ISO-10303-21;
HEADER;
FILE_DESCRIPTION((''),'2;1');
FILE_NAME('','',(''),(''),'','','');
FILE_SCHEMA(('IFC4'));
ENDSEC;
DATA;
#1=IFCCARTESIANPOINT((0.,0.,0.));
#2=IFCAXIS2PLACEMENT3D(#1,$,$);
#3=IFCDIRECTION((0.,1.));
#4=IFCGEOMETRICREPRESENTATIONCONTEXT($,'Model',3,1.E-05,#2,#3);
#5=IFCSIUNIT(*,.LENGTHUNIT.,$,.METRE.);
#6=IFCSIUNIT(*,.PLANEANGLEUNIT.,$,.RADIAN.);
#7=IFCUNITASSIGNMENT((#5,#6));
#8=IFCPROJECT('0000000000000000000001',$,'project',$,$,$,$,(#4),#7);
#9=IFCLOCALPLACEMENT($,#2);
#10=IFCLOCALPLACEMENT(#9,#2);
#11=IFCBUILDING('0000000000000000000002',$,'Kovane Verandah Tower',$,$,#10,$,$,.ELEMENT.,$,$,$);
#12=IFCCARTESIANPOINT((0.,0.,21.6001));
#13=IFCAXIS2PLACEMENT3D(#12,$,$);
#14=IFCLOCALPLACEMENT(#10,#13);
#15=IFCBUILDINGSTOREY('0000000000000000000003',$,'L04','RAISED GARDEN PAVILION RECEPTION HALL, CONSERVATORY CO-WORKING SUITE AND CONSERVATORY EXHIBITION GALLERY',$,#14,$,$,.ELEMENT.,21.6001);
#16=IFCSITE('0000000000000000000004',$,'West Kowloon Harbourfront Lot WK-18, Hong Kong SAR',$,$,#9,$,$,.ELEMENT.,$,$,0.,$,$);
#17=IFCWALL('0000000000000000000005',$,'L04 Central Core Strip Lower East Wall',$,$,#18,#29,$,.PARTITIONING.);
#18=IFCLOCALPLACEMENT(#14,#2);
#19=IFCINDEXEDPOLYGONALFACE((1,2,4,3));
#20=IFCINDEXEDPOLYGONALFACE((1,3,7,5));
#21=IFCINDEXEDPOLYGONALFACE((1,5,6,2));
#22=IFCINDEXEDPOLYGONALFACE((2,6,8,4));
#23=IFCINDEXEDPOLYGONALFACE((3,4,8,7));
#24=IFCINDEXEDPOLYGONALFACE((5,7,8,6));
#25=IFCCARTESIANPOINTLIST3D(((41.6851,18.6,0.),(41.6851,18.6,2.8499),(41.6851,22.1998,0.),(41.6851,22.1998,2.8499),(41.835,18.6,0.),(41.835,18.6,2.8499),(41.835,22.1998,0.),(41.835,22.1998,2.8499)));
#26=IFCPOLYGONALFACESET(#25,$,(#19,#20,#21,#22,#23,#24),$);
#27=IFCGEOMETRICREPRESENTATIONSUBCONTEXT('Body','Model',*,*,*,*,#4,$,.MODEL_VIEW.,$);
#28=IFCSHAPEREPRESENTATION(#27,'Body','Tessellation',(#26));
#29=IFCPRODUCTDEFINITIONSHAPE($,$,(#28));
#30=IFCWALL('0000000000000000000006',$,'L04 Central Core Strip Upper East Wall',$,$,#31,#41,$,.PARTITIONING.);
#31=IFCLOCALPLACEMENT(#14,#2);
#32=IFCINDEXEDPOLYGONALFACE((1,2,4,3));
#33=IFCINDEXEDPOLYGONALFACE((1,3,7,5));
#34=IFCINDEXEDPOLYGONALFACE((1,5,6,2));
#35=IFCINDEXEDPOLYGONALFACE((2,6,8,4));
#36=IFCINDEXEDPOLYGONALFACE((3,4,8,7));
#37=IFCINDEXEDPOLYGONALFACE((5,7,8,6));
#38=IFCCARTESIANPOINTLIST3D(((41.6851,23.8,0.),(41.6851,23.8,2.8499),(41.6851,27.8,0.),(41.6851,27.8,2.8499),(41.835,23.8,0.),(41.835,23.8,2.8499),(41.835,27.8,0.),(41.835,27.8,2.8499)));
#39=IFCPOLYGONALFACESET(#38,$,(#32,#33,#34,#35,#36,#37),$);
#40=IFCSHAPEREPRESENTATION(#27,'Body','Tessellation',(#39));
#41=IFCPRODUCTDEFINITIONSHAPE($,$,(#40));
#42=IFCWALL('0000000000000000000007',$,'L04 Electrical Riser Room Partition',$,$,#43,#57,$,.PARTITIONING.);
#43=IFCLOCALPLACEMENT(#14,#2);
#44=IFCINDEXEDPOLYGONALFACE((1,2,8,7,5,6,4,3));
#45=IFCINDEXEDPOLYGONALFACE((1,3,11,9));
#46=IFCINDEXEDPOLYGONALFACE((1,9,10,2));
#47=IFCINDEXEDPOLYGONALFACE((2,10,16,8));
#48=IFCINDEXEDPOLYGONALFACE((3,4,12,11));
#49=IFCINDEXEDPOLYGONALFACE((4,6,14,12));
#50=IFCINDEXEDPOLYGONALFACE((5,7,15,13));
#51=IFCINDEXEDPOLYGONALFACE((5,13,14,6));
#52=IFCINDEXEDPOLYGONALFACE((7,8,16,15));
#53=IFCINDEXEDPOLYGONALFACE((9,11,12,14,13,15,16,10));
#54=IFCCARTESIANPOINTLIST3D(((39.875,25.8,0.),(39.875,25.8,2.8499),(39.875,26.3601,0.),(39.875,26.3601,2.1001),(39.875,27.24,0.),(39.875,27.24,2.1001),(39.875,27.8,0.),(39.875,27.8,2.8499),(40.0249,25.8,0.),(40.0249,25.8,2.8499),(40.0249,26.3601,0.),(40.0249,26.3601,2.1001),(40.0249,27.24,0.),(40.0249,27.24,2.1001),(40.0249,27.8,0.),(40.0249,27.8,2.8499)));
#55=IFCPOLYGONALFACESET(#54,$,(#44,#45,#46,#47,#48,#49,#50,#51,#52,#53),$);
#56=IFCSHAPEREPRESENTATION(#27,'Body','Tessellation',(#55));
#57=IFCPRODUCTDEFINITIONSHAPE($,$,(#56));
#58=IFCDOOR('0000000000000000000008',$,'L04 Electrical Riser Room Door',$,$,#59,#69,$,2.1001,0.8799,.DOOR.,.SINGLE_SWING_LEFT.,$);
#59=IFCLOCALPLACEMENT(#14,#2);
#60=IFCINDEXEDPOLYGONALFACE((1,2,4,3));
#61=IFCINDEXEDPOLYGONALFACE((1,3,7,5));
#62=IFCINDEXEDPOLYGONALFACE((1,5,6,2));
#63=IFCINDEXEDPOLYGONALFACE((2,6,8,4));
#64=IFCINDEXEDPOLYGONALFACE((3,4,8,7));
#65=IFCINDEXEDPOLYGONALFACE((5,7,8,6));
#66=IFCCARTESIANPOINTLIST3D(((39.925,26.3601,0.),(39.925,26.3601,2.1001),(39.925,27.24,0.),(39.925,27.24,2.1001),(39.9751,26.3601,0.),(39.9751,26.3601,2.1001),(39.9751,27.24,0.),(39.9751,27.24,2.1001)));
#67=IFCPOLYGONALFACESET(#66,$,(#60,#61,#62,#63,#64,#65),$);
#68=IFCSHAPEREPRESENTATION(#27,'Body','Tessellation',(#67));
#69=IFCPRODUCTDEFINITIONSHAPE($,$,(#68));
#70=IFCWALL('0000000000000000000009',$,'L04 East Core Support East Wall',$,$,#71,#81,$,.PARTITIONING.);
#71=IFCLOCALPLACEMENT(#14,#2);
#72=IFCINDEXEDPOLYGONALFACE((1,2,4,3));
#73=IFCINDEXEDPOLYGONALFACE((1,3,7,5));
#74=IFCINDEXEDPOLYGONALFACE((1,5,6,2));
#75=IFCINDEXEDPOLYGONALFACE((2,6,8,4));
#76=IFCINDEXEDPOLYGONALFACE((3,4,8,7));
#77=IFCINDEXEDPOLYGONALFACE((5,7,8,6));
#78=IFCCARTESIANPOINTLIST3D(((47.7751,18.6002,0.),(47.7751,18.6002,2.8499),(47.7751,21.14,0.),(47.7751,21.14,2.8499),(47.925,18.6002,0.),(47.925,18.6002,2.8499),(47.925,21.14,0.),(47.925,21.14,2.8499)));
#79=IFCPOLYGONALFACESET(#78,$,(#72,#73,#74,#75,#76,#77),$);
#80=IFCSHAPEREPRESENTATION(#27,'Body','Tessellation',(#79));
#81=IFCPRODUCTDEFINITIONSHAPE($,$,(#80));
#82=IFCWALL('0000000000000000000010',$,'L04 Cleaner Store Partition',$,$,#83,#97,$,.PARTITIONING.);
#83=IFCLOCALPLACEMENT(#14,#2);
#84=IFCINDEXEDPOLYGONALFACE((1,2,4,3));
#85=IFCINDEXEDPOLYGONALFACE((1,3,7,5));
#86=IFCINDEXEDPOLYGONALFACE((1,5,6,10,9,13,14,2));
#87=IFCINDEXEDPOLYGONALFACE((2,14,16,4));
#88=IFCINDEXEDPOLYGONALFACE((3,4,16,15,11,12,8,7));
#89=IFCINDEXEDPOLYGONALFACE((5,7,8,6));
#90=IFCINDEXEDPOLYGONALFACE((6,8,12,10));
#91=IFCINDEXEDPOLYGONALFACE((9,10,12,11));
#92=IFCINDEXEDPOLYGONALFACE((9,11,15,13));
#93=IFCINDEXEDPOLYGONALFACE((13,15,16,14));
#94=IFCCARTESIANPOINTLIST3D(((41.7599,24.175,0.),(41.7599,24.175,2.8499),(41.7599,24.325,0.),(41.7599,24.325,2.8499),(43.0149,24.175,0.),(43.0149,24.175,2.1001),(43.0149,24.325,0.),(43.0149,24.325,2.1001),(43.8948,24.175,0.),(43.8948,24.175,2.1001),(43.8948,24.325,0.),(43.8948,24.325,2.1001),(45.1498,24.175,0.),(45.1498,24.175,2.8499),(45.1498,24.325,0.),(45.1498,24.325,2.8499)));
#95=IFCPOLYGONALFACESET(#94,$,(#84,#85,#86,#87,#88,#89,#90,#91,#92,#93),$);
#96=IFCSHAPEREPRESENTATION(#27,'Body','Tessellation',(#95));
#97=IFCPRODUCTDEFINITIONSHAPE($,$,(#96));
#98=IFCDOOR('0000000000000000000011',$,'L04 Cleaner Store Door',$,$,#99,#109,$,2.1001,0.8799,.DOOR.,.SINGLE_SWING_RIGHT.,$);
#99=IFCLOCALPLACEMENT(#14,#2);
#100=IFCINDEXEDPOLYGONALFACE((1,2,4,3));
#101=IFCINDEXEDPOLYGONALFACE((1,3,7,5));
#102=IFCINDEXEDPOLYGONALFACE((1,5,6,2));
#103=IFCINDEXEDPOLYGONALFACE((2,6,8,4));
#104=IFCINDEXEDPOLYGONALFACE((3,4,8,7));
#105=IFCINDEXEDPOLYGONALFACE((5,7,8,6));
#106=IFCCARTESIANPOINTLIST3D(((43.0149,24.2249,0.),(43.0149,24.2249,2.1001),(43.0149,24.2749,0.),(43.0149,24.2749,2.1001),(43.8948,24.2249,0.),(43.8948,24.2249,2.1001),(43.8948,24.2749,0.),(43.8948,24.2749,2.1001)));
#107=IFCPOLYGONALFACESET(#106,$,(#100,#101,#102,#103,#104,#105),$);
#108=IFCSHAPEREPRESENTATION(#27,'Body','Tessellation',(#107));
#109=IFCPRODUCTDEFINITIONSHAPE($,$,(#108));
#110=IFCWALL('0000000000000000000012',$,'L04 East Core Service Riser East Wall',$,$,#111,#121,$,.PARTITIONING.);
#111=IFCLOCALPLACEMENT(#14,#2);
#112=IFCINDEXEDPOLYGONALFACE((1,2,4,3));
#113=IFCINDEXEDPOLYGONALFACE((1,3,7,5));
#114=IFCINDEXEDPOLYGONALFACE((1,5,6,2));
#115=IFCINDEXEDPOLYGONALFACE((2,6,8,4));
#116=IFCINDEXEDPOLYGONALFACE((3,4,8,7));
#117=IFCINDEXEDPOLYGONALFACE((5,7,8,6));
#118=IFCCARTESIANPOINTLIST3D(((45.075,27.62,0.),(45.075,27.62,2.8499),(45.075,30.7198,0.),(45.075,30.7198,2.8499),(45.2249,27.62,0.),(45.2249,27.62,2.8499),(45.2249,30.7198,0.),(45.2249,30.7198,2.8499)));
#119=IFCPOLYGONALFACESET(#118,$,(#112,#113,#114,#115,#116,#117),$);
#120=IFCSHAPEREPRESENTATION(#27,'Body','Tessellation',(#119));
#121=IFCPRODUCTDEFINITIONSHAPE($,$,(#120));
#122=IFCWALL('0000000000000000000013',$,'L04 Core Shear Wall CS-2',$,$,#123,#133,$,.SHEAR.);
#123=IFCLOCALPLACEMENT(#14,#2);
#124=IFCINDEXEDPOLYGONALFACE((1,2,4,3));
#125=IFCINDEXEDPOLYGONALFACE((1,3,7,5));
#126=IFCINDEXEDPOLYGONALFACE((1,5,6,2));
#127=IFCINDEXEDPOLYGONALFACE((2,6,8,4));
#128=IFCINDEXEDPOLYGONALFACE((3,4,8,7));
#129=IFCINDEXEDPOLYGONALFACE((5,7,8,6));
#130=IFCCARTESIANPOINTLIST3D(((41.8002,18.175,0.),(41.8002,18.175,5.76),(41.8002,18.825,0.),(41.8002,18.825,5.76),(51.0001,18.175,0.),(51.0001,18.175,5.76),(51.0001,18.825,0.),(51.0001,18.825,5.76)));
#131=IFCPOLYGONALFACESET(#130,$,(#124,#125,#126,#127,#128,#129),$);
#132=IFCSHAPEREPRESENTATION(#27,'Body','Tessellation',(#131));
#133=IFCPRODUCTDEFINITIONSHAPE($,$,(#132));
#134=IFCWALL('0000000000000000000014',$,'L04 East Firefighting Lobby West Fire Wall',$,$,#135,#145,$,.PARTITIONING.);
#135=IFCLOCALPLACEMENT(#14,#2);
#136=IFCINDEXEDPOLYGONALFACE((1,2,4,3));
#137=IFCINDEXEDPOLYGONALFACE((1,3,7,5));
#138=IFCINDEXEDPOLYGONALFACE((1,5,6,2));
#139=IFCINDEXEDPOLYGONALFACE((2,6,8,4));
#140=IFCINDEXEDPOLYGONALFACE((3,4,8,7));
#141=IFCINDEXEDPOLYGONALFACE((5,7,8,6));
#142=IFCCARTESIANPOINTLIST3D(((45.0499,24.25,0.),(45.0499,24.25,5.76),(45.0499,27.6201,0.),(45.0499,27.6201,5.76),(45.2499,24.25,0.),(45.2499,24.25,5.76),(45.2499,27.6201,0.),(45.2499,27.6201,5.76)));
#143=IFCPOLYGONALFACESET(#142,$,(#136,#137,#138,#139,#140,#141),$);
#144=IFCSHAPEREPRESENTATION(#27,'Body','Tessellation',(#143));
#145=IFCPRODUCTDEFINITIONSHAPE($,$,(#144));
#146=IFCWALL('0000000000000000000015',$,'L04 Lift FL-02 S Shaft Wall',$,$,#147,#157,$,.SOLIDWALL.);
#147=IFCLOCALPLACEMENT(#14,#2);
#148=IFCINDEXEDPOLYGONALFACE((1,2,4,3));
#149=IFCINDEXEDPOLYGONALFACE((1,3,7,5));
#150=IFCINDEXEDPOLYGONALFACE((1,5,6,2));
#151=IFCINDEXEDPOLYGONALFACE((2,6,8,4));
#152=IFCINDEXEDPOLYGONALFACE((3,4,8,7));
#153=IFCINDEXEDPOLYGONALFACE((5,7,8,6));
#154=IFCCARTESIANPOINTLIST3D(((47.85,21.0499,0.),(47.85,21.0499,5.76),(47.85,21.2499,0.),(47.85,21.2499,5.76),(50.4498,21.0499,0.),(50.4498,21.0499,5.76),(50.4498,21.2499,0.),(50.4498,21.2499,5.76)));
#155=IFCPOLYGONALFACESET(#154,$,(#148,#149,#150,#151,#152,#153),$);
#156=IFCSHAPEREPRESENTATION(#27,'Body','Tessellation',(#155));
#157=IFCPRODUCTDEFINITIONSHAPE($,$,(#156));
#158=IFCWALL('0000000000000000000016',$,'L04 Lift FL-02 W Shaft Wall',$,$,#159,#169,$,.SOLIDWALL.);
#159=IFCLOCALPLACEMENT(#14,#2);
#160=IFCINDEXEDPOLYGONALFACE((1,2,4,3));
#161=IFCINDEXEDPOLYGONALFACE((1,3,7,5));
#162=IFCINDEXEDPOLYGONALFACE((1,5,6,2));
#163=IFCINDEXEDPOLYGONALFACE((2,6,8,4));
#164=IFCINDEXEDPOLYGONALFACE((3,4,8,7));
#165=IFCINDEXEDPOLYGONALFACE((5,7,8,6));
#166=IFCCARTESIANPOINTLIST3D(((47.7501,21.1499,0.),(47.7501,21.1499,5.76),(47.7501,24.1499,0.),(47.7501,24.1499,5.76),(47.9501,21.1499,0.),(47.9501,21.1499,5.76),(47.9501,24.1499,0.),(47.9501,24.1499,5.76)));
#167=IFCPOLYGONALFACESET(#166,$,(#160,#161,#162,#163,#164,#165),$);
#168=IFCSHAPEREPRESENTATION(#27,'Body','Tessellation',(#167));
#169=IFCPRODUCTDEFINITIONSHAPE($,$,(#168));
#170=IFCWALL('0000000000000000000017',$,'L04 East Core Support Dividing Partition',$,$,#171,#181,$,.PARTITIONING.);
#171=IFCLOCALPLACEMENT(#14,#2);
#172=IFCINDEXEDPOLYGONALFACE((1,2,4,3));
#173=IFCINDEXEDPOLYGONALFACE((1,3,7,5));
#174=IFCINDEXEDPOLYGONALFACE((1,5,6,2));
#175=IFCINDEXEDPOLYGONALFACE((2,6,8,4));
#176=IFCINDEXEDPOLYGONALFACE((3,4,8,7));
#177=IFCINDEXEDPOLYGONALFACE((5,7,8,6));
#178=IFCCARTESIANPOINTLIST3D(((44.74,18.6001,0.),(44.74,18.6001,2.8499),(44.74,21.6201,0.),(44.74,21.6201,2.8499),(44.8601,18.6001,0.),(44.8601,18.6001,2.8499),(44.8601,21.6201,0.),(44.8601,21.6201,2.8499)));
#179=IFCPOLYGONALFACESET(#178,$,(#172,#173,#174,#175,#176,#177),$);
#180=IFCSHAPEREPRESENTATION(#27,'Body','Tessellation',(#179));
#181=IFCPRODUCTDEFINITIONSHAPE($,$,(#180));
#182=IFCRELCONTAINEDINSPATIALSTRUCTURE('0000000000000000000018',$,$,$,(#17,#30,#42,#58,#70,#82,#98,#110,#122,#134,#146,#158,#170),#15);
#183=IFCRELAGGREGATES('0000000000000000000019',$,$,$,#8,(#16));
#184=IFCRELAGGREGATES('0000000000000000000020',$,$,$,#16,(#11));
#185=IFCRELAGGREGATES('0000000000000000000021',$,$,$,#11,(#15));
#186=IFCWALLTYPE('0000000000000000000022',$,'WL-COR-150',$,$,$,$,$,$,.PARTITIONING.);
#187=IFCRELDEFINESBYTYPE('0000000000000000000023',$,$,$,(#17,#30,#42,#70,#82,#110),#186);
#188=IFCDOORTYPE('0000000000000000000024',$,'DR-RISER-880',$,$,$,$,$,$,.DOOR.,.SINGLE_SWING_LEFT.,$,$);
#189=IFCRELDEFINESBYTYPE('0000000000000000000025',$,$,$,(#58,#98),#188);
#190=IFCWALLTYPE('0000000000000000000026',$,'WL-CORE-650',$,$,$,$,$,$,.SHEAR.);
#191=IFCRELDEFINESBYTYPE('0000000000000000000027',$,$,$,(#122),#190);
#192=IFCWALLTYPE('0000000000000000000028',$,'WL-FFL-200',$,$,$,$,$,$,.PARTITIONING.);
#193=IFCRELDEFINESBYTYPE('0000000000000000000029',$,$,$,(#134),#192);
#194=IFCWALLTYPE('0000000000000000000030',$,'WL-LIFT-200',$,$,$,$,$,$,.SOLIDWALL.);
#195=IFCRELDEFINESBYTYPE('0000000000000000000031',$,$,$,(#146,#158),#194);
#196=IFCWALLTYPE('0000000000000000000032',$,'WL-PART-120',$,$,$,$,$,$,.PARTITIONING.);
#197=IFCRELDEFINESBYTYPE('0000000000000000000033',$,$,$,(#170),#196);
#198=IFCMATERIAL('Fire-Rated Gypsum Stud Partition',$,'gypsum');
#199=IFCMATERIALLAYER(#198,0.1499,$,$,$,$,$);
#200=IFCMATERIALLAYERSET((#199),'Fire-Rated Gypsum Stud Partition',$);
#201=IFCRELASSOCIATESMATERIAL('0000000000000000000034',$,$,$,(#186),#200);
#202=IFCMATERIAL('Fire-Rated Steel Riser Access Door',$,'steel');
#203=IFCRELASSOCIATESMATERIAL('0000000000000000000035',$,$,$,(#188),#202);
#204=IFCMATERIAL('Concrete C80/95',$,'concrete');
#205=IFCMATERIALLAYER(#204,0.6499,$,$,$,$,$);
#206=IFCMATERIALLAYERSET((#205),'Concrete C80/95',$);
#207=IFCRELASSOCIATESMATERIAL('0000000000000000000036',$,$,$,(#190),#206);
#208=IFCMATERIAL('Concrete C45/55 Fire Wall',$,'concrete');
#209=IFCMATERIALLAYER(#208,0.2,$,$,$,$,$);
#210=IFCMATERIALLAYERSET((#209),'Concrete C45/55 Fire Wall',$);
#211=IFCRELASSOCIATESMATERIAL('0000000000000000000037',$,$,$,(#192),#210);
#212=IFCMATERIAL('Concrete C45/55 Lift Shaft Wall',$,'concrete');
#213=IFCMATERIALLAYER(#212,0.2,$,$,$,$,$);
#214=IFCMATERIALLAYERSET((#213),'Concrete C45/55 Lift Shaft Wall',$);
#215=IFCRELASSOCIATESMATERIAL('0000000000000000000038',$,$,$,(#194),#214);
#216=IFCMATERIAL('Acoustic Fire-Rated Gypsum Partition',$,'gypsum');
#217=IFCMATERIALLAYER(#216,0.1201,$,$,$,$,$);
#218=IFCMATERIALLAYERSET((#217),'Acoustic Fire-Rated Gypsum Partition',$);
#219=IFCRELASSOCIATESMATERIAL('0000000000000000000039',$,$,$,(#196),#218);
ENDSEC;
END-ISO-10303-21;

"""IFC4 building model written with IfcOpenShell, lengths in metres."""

from ifc_helpers import new_model, si_unit, direction, frame, frame_2d, origin, place, context, subcontext, project, spatial, rectangle, extrude, material, layer, layer_set, type_object, element, fill, save


model = new_model("IFC4")

# Units and contexts
model_context = context("Model", 3, precision=1e-05, world=origin(), true_north=direction((0.0, 1.0)))
body_context = subcontext(model_context, "Body", "Model", "MODEL_VIEW")
ifc_project = project(units=[si_unit("LENGTHUNIT", "METRE"), si_unit("PLANEANGLEUNIT", "RADIAN")], contexts=[model_context])

# Site, building, storey
site_placement = place(None, origin())
site = spatial("IfcSite", under=ifc_project, at=site_placement, Name="West Kowloon Harbourfront Lot WK-18, Hong Kong SAR", CompositionType="ELEMENT", RefElevation=0.0)
building_placement = place(site_placement, origin())
building = spatial("IfcBuilding", under=site, at=building_placement, Name="Kovane Verandah Tower", CompositionType="ELEMENT")
storey_placement = place(building_placement, frame((0.0, 0.0, 21.6001)))
storey = spatial("IfcBuildingStorey", under=building, at=storey_placement, Name="L04", Description="RAISED GARDEN PAVILION RECEPTION HALL, CONSERVATORY CO-WORKING SUITE AND CONSERVATORY EXHIBITION GALLERY", CompositionType="ELEMENT", Elevation=21.6001)

# Walls
ifc_material_1 = material(Name="Fire-Rated Gypsum Stud Partition", Category="gypsum")
ifc_layer_1 = layer(ifc_material_1, 0.1499)
ifc_layer_set_1 = layer_set([ifc_layer_1], Name="Fire-Rated Gypsum Stud Partition")
wall_type_1 = type_object("IfcWallType", Name="WL-COR-150", PredefinedType="PARTITIONING", material=ifc_layer_set_1)
wall_1_placement = place(storey_placement, frame((41.76, 18.6001, 0.0), z_axis=(0.0, 0.0, 1.0), x_axis=(0.0, 1.0, 0.0)))
element("IfcWall", 1, at=wall_1_placement, inside=storey, type_object=wall_type_1, Name="L04 Central Core Strip Lower East Wall", PredefinedType="PARTITIONING", context=body_context, shape_type="SweptSolid", body=[
    extrude(rectangle(XDim=3.5999, YDim=0.1499, at=frame_2d((1.7998, 0.0))), origin(), (0.0, 0.0, 1.0), 2.8499),
])
wall_2_placement = place(storey_placement, frame((41.76, 23.8, 0.0), z_axis=(0.0, 0.0, 1.0), x_axis=(0.0, 1.0, 0.0)))
element("IfcWall", 2, at=wall_2_placement, inside=storey, type_object=wall_type_1, Name="L04 Central Core Strip Upper East Wall", PredefinedType="PARTITIONING", context=body_context, shape_type="SweptSolid", body=[
    extrude(rectangle(XDim=4.0, YDim=0.1499, at=frame_2d((2.0, 0.0))), origin(), (0.0, 0.0, 1.0), 2.8499),
])

# Wall, opening, door
wall_3_placement = place(storey_placement, frame((39.95, 25.8, 0.0), z_axis=(0.0, 0.0, 1.0), x_axis=(0.0, 1.0, 0.0)))
wall_3 = element("IfcWall", 3, at=wall_3_placement, inside=storey, type_object=wall_type_1, Name="L04 Electrical Riser Room Partition", PredefinedType="PARTITIONING", context=body_context, shape_type="SweptSolid", body=[
    extrude(rectangle(XDim=2.0, YDim=0.1499, at=frame_2d((1.0, 0.0))), origin(), (0.0, 0.0, 1.0), 2.8499),
])
opening_1_placement = place(wall_3_placement, frame((0.5601, 0.0, 0.0)))
opening_1 = element("IfcOpeningElement", 4, at=opening_1_placement, cuts=wall_3, PredefinedType="OPENING", context=body_context, shape_type="SweptSolid", body=[
    extrude(rectangle(XDim=0.8799, YDim=2.1001, at=frame_2d((0.4399, 1.05))), frame((0.0, 0.075, 0.0), z_axis=(0.0, -1.0, 0.0), x_axis=(1.0, 0.0, 0.0)), (0.0, 0.0, 1.0), 0.1499),
])
ifc_material_2 = material(Name="Fire-Rated Steel Riser Access Door", Category="steel")
door_type_1 = type_object("IfcDoorType", Name="DR-RISER-880", OperationType="SINGLE_SWING_LEFT", PredefinedType="DOOR", material=ifc_material_2)
door_1_placement = place(opening_1_placement, origin())
door_1 = element("IfcDoor", 5, at=door_1_placement, inside=storey, type_object=door_type_1, Name="L04 Electrical Riser Room Door", OperationType="SINGLE_SWING_LEFT", OverallHeight=2.1001, OverallWidth=0.8799, PredefinedType="DOOR", context=body_context, shape_type="SweptSolid", body=[
    extrude(rectangle(XDim=0.8799, YDim=2.1001, at=frame_2d((0.4399, 1.05))), frame((0.0, 0.0249, 0.0), z_axis=(0.0, -1.0, 0.0), x_axis=(1.0, 0.0, 0.0)), (0.0, 0.0, 1.0), 0.05),
])
fill(opening_1, door_1)

# Wall
wall_4_placement = place(storey_placement, frame((47.8501, 18.6001, 0.0), z_axis=(0.0, 0.0, 1.0), x_axis=(0.0, 1.0, 0.0)))
element("IfcWall", 6, at=wall_4_placement, inside=storey, type_object=wall_type_1, Name="L04 East Core Support East Wall", PredefinedType="PARTITIONING", context=body_context, shape_type="SweptSolid", body=[
    extrude(rectangle(XDim=2.5398, YDim=0.1499, at=frame_2d((1.27, 0.0))), origin(), (0.0, 0.0, 1.0), 2.8499),
])

# Wall, opening, door
wall_5_placement = place(storey_placement, frame((41.76, 24.25, 0.0), z_axis=(0.0, 0.0, 1.0), x_axis=(1.0, 0.0, 0.0)))
wall_5 = element("IfcWall", 7, at=wall_5_placement, inside=storey, type_object=wall_type_1, Name="L04 Cleaner Store Partition", PredefinedType="PARTITIONING", context=body_context, shape_type="SweptSolid", body=[
    extrude(rectangle(XDim=3.3899, YDim=0.1499, at=frame_2d((1.6948, 0.0))), origin(), (0.0, 0.0, 1.0), 2.8499),
])
opening_2_placement = place(wall_5_placement, frame((1.2549, 0.0, 0.0)))
opening_2 = element("IfcOpeningElement", 8, at=opening_2_placement, cuts=wall_5, PredefinedType="OPENING", context=body_context, shape_type="SweptSolid", body=[
    extrude(rectangle(XDim=0.8799, YDim=2.1001, at=frame_2d((0.4399, 1.05))), frame((0.0, 0.075, 0.0), z_axis=(0.0, -1.0, 0.0), x_axis=(1.0, 0.0, 0.0)), (0.0, 0.0, 1.0), 0.1499),
])
door_2_placement = place(opening_2_placement, origin())
door_2 = element("IfcDoor", 9, at=door_2_placement, inside=storey, type_object=door_type_1, Name="L04 Cleaner Store Door", OperationType="SINGLE_SWING_RIGHT", OverallHeight=2.1001, OverallWidth=0.8799, PredefinedType="DOOR", context=body_context, shape_type="SweptSolid", body=[
    extrude(rectangle(XDim=0.8799, YDim=2.1001, at=frame_2d((0.4399, 1.05))), frame((0.0, 0.0249, 0.0), z_axis=(0.0, -1.0, 0.0), x_axis=(1.0, 0.0, 0.0)), (0.0, 0.0, 1.0), 0.05),
])
fill(opening_2, door_2)

# Walls
wall_6_placement = place(storey_placement, frame((45.1499, 27.6201, 0.0), z_axis=(0.0, 0.0, 1.0), x_axis=(0.0, 1.0, 0.0)))
element("IfcWall", 10, at=wall_6_placement, inside=storey, type_object=wall_type_1, Name="L04 East Core Service Riser East Wall", PredefinedType="PARTITIONING", context=body_context, shape_type="SweptSolid", body=[
    extrude(rectangle(XDim=3.0999, YDim=0.1499, at=frame_2d((1.5498, 0.0))), origin(), (0.0, 0.0, 1.0), 2.8499),
])
ifc_material_3 = material(Name="Concrete C80/95", Category="concrete")
ifc_layer_2 = layer(ifc_material_3, 0.6499)
ifc_layer_set_2 = layer_set([ifc_layer_2], Name="Concrete C80/95")
wall_type_2 = type_object("IfcWallType", Name="WL-CORE-650", PredefinedType="SHEAR", material=ifc_layer_set_2)
wall_7_placement = place(storey_placement, frame((41.8, 18.5, 0.0), z_axis=(0.0, 0.0, 1.0), x_axis=(1.0, 0.0, 0.0)))
element("IfcWall", 11, at=wall_7_placement, inside=storey, type_object=wall_type_2, Name="L04 Core Shear Wall CS-2", PredefinedType="SHEAR", context=body_context, shape_type="SweptSolid", body=[
    extrude(rectangle(XDim=9.2, YDim=0.6499, at=frame_2d((4.6001, 0.0))), origin(), (0.0, 0.0, 1.0), 5.76),
])
ifc_material_4 = material(Name="Concrete C45/55 Fire Wall", Category="concrete")
ifc_layer_3 = layer(ifc_material_4, 0.2)
ifc_layer_set_3 = layer_set([ifc_layer_3], Name="Concrete C45/55 Fire Wall")
wall_type_3 = type_object("IfcWallType", Name="WL-FFL-200", PredefinedType="PARTITIONING", material=ifc_layer_set_3)
wall_8_placement = place(storey_placement, frame((45.1499, 24.25, 0.0), z_axis=(0.0, 0.0, 1.0), x_axis=(0.0, 1.0, 0.0)))
element("IfcWall", 12, at=wall_8_placement, inside=storey, type_object=wall_type_3, Name="L04 East Firefighting Lobby West Fire Wall", PredefinedType="PARTITIONING", context=body_context, shape_type="SweptSolid", body=[
    extrude(rectangle(XDim=3.3701, YDim=0.2, at=frame_2d((1.6851, 0.0))), origin(), (0.0, 0.0, 1.0), 5.76),
])

# Walls
ifc_material_5 = material(Name="Concrete C45/55 Lift Shaft Wall", Category="concrete")
ifc_layer_4 = layer(ifc_material_5, 0.2)
ifc_layer_set_4 = layer_set([ifc_layer_4], Name="Concrete C45/55 Lift Shaft Wall")
wall_type_4 = type_object("IfcWallType", Name="WL-LIFT-200", PredefinedType="SOLIDWALL", material=ifc_layer_set_4)
wall_9_placement = place(storey_placement, frame((47.8501, 21.1499, 0.0), z_axis=(0.0, 0.0, 1.0), x_axis=(1.0, 0.0, 0.0)))
element("IfcWall", 13, at=wall_9_placement, inside=storey, type_object=wall_type_4, Name="L04 Lift FL-02 S Shaft Wall", PredefinedType="SOLIDWALL", context=body_context, shape_type="SweptSolid", body=[
    extrude(rectangle(XDim=2.5999, YDim=0.2, at=frame_2d((1.2998, 0.0))), origin(), (0.0, 0.0, 1.0), 5.76),
])
wall_10_placement = place(storey_placement, frame((47.8501, 24.1499, 0.0), z_axis=(0.0, 0.0, 1.0), x_axis=(0.0, -1.0, 0.0)))
element("IfcWall", 14, at=wall_10_placement, inside=storey, type_object=wall_type_4, Name="L04 Lift FL-02 W Shaft Wall", PredefinedType="SOLIDWALL", context=body_context, shape_type="SweptSolid", body=[
    extrude(rectangle(XDim=3.0, YDim=0.2, at=frame_2d((1.5, 0.0))), origin(), (0.0, 0.0, 1.0), 5.76),
])
ifc_material_6 = material(Name="Acoustic Fire-Rated Gypsum Partition", Category="gypsum")
ifc_layer_5 = layer(ifc_material_6, 0.1201)
ifc_layer_set_5 = layer_set([ifc_layer_5], Name="Acoustic Fire-Rated Gypsum Partition")
wall_type_5 = type_object("IfcWallType", Name="WL-PART-120", PredefinedType="PARTITIONING", material=ifc_layer_set_5)
wall_11_placement = place(storey_placement, frame((44.8, 18.6001, 0.0), z_axis=(0.0, 0.0, 1.0), x_axis=(0.0, 1.0, 0.0)))
element("IfcWall", 15, at=wall_11_placement, inside=storey, type_object=wall_type_5, Name="L04 East Core Support Dividing Partition", PredefinedType="PARTITIONING", context=body_context, shape_type="SweptSolid", body=[
    extrude(rectangle(XDim=3.02, YDim=0.1201, at=frame_2d((1.51, 0.0))), origin(), (0.0, 0.0, 1.0), 2.8499),
])

save(model, "model.ifc")
